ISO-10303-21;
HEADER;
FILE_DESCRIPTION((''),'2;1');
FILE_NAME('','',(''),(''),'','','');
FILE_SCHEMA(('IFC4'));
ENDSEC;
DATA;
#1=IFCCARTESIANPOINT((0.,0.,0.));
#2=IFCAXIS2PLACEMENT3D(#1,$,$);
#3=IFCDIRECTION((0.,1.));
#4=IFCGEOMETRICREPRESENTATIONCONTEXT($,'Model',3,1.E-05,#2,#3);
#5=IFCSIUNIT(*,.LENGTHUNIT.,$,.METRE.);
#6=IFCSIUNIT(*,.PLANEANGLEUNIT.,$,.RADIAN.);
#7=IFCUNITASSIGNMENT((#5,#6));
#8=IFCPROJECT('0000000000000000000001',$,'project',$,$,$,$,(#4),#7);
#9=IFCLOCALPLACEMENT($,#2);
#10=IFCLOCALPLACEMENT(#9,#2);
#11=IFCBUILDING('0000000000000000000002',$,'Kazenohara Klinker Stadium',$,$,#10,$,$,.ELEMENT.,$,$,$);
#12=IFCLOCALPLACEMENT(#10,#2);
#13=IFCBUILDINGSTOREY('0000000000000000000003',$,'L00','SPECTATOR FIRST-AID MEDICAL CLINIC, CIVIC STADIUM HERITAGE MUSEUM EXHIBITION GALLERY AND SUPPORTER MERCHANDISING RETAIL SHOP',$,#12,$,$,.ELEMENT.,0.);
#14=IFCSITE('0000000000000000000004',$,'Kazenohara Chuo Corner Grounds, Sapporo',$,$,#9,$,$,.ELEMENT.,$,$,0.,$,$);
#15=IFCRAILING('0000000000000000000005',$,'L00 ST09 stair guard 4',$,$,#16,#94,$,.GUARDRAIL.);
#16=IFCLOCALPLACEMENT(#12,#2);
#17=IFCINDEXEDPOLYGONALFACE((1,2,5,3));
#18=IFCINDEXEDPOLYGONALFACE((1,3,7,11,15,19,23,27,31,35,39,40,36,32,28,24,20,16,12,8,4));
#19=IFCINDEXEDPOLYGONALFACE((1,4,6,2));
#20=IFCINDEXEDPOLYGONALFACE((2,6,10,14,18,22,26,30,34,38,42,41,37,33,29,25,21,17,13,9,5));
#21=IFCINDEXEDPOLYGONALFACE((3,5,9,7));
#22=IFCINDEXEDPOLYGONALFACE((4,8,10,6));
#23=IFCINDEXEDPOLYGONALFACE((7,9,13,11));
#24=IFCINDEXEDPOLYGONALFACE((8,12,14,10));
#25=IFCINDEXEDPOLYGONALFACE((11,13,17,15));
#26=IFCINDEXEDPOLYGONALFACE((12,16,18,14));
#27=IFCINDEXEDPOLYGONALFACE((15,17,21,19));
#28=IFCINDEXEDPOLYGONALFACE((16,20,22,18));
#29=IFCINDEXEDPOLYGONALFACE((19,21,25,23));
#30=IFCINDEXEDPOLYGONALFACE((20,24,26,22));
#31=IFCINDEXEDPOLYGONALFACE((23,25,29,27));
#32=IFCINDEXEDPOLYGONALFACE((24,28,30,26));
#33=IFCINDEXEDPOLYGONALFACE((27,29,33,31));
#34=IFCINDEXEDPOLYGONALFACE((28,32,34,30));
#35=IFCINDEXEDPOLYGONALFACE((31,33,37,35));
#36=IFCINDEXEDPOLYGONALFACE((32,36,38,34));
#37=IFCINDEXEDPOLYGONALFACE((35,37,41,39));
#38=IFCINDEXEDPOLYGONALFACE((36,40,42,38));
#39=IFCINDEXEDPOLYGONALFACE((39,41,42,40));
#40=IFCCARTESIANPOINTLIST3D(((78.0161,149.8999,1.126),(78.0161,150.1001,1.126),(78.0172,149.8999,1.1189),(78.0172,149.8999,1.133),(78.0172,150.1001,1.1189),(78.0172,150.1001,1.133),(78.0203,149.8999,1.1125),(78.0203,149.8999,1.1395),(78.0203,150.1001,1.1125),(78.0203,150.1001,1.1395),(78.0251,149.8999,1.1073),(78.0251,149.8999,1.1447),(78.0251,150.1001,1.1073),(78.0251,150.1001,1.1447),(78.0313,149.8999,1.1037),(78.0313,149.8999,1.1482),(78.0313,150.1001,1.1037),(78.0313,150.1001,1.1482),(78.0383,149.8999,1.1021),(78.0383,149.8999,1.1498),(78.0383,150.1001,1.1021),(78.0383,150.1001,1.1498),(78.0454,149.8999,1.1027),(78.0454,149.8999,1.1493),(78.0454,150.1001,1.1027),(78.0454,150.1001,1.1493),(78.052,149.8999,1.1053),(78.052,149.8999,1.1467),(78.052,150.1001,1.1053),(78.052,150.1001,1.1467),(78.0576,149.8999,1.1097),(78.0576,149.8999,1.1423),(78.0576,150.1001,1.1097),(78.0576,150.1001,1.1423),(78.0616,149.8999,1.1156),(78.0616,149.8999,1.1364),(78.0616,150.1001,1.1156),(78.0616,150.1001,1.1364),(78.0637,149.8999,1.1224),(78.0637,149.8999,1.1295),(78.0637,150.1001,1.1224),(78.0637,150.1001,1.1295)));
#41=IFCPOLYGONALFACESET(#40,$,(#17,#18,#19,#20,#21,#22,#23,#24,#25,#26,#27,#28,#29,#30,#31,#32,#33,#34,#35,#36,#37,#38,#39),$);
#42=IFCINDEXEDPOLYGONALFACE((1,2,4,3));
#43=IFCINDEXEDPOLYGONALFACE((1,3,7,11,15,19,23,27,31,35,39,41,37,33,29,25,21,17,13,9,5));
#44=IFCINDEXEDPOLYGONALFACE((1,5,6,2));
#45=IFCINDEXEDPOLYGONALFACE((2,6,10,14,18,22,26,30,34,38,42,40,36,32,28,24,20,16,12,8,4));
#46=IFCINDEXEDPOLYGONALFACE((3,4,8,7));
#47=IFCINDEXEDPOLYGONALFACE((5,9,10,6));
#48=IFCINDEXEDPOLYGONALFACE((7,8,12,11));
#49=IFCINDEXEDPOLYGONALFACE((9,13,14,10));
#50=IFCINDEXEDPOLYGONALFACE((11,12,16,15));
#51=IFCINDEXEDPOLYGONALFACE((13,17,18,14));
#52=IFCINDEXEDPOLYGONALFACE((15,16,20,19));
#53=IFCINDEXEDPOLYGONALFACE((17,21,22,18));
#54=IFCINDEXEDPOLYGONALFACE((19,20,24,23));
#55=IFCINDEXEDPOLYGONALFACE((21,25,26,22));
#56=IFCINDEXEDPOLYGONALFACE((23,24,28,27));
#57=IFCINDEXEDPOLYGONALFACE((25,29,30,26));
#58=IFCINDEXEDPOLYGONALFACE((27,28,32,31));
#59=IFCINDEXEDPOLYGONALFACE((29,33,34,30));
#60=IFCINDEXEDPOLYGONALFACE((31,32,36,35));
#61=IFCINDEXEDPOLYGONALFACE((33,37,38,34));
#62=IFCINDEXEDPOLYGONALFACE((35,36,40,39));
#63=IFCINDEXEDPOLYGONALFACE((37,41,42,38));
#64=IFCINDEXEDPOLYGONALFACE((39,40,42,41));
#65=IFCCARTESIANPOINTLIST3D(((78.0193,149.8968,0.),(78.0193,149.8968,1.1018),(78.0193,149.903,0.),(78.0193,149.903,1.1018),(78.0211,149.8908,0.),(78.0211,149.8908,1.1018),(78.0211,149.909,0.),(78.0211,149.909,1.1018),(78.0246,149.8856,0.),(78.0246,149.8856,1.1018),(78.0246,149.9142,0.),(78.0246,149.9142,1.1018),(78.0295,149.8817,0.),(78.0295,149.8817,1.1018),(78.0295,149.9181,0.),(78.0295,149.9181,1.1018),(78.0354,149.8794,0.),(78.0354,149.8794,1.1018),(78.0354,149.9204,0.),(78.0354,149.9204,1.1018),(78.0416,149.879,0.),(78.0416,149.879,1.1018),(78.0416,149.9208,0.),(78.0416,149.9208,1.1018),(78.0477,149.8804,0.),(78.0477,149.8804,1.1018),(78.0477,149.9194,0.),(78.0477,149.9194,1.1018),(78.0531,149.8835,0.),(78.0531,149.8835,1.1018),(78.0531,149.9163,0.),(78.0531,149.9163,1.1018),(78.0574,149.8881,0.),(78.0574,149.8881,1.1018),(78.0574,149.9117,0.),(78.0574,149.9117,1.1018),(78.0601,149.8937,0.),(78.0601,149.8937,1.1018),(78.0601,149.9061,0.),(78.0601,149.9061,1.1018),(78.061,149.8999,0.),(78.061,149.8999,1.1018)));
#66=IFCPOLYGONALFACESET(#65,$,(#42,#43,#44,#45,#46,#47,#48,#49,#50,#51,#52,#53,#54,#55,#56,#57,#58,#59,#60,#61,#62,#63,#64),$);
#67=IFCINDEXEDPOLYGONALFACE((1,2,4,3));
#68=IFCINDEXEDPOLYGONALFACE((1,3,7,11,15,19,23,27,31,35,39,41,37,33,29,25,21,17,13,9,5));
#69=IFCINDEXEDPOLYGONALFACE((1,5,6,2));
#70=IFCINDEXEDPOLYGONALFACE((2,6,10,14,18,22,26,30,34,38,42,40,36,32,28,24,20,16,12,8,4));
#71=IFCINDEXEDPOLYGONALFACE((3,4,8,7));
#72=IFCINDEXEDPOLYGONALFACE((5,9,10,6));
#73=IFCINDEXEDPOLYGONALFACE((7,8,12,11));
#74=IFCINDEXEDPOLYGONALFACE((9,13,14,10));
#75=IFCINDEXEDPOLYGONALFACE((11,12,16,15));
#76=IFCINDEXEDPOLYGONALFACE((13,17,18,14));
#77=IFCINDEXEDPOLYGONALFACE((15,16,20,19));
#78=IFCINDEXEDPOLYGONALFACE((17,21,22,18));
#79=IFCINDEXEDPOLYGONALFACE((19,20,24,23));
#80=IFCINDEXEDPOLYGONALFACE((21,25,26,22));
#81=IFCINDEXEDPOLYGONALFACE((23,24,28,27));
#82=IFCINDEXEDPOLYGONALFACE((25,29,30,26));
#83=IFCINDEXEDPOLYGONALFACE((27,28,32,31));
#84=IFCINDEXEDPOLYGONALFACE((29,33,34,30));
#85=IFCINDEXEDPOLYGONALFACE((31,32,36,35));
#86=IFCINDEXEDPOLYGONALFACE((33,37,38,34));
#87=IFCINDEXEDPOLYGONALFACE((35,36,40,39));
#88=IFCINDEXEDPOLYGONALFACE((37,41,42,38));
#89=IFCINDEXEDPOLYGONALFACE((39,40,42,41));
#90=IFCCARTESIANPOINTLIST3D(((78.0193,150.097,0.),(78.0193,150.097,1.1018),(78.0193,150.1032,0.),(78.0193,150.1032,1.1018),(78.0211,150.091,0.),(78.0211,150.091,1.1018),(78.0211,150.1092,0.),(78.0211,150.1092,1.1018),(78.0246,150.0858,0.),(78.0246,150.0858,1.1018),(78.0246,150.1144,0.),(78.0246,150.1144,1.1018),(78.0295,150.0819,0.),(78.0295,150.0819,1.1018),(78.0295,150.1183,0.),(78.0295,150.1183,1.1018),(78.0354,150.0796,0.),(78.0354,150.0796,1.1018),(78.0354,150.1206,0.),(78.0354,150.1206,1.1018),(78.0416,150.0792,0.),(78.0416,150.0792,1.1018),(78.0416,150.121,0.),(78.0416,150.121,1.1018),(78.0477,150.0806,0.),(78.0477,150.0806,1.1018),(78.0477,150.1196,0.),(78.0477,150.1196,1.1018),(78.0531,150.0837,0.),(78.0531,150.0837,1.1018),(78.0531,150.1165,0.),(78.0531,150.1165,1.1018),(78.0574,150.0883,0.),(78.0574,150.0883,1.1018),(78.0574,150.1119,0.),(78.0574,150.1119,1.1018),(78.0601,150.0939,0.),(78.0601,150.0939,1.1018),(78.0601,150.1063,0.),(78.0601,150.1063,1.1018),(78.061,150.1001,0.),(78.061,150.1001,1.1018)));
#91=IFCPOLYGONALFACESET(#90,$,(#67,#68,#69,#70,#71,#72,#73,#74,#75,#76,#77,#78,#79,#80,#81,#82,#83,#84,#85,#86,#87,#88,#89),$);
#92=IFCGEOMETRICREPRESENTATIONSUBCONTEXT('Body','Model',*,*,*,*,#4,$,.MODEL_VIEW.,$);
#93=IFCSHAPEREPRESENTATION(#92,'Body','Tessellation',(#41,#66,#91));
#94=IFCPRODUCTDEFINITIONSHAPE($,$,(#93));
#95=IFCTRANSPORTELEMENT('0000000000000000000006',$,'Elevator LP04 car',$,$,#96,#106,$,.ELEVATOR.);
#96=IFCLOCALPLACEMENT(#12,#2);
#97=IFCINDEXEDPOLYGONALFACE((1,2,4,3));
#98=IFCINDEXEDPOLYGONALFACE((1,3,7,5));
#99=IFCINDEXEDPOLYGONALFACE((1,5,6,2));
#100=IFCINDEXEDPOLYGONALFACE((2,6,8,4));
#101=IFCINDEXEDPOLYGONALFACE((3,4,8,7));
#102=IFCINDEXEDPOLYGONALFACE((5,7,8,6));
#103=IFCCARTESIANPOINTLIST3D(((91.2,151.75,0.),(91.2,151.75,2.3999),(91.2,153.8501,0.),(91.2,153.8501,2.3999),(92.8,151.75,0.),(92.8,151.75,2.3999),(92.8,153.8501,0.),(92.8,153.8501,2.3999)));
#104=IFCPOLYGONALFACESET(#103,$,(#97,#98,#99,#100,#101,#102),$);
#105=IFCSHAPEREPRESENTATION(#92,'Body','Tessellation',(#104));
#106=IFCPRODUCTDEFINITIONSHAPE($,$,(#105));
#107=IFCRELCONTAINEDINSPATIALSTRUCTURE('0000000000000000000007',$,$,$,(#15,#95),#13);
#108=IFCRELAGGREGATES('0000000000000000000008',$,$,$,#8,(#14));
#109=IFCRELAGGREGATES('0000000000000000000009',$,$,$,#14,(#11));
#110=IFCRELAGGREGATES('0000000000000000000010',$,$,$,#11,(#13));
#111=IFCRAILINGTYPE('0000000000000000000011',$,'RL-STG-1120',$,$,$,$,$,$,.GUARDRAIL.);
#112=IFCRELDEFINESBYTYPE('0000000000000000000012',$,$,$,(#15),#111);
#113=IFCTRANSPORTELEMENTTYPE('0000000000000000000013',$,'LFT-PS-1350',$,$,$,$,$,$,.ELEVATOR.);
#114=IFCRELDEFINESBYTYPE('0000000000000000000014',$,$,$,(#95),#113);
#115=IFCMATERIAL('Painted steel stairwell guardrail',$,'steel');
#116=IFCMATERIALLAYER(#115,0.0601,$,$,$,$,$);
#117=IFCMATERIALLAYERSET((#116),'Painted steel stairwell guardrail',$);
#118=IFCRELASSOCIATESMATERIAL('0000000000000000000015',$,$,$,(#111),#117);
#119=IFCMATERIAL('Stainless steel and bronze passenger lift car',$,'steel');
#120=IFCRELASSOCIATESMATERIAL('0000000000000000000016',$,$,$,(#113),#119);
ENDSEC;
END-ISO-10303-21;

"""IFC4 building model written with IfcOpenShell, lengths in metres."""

from ifc_helpers import new_model, si_unit, direction, frame, origin, origin_2d, place, context, subcontext, project, spatial, rectangle, circle, extrude, material, layer, layer_set, type_object, element, save


model = new_model("IFC4")

# Units and contexts
model_context = context("Model", 3, precision=1e-05, world=origin(), true_north=direction((0.0, 1.0)))
body_context = subcontext(model_context, "Body", "Model", "MODEL_VIEW")
ifc_project = project(units=[si_unit("LENGTHUNIT", "METRE"), si_unit("PLANEANGLEUNIT", "RADIAN")], contexts=[model_context])

# Site, building, storey
site_placement = place(None, origin())
site = spatial("IfcSite", under=ifc_project, at=site_placement, Name="Kazenohara Chuo Corner Grounds, Sapporo", CompositionType="ELEMENT", RefElevation=0.0)
building_placement = place(site_placement, origin())
building = spatial("IfcBuilding", under=site, at=building_placement, Name="Kazenohara Klinker Stadium", CompositionType="ELEMENT")
storey_placement = place(building_placement, origin())
storey = spatial("IfcBuildingStorey", under=building, at=storey_placement, Name="L00", Description="SPECTATOR FIRST-AID MEDICAL CLINIC, CIVIC STADIUM HERITAGE MUSEUM EXHIBITION GALLERY AND SUPPORTER MERCHANDISING RETAIL SHOP", CompositionType="ELEMENT", Elevation=0.0)

# Railing
ifc_material_1 = material(Name="Painted steel stairwell guardrail", Category="steel")
ifc_layer_1 = layer(ifc_material_1, 0.0601)
ifc_layer_set_1 = layer_set([ifc_layer_1], Name="Painted steel stairwell guardrail")
railing_type_1 = type_object("IfcRailingType", Name="RL-STG-1120", PredefinedType="GUARDRAIL", material=ifc_layer_set_1)
railing_1_placement = place(storey_placement, frame((78.04, 149.8999, 0.0)))
element("IfcRailing", 1, at=railing_1_placement, inside=storey, type_object=railing_type_1, Name="L00 ST09 stair guard 4", PredefinedType="GUARDRAIL", context=body_context, shape_type="SweptSolid", body=[
    extrude(circle(Radius=0.0239, at=origin_2d()), frame((0.0, 0.0, 1.126), z_axis=(0.0, 1.0, 0.0), x_axis=(-1.0, 0.0, 0.0)), (0.0, 0.0, 1.0), 0.2002),
    extrude(circle(Radius=0.021, at=origin_2d()), origin(), (0.0, 0.0, 1.0), 1.1018),
    extrude(circle(Radius=0.021, at=origin_2d()), frame((0.0, 0.2002, 0.0)), (0.0, 0.0, 1.0), 1.1018),
])

# Transport element
ifc_material_2 = material(Name="Stainless steel and bronze passenger lift car", Category="steel")
transport_element_type = type_object("IfcTransportElementType", Name="LFT-PS-1350", PredefinedType="ELEVATOR", material=ifc_material_2)
transport_element_placement = place(storey_placement, frame((92.0, 152.8, 0.0), z_axis=(0.0, 0.0, 1.0), x_axis=(1.0, 0.0, 0.0)))
element("IfcTransportElement", 2, at=transport_element_placement, inside=storey, type_object=transport_element_type, Name="Elevator LP04 car", PredefinedType="ELEVATOR", context=body_context, shape_type="SweptSolid", body=[
    extrude(rectangle(XDim=1.6001, YDim=2.1001, at=origin_2d()), origin(), (0.0, 0.0, 1.0), 2.3999),
])

save(model, "model.ifc")
